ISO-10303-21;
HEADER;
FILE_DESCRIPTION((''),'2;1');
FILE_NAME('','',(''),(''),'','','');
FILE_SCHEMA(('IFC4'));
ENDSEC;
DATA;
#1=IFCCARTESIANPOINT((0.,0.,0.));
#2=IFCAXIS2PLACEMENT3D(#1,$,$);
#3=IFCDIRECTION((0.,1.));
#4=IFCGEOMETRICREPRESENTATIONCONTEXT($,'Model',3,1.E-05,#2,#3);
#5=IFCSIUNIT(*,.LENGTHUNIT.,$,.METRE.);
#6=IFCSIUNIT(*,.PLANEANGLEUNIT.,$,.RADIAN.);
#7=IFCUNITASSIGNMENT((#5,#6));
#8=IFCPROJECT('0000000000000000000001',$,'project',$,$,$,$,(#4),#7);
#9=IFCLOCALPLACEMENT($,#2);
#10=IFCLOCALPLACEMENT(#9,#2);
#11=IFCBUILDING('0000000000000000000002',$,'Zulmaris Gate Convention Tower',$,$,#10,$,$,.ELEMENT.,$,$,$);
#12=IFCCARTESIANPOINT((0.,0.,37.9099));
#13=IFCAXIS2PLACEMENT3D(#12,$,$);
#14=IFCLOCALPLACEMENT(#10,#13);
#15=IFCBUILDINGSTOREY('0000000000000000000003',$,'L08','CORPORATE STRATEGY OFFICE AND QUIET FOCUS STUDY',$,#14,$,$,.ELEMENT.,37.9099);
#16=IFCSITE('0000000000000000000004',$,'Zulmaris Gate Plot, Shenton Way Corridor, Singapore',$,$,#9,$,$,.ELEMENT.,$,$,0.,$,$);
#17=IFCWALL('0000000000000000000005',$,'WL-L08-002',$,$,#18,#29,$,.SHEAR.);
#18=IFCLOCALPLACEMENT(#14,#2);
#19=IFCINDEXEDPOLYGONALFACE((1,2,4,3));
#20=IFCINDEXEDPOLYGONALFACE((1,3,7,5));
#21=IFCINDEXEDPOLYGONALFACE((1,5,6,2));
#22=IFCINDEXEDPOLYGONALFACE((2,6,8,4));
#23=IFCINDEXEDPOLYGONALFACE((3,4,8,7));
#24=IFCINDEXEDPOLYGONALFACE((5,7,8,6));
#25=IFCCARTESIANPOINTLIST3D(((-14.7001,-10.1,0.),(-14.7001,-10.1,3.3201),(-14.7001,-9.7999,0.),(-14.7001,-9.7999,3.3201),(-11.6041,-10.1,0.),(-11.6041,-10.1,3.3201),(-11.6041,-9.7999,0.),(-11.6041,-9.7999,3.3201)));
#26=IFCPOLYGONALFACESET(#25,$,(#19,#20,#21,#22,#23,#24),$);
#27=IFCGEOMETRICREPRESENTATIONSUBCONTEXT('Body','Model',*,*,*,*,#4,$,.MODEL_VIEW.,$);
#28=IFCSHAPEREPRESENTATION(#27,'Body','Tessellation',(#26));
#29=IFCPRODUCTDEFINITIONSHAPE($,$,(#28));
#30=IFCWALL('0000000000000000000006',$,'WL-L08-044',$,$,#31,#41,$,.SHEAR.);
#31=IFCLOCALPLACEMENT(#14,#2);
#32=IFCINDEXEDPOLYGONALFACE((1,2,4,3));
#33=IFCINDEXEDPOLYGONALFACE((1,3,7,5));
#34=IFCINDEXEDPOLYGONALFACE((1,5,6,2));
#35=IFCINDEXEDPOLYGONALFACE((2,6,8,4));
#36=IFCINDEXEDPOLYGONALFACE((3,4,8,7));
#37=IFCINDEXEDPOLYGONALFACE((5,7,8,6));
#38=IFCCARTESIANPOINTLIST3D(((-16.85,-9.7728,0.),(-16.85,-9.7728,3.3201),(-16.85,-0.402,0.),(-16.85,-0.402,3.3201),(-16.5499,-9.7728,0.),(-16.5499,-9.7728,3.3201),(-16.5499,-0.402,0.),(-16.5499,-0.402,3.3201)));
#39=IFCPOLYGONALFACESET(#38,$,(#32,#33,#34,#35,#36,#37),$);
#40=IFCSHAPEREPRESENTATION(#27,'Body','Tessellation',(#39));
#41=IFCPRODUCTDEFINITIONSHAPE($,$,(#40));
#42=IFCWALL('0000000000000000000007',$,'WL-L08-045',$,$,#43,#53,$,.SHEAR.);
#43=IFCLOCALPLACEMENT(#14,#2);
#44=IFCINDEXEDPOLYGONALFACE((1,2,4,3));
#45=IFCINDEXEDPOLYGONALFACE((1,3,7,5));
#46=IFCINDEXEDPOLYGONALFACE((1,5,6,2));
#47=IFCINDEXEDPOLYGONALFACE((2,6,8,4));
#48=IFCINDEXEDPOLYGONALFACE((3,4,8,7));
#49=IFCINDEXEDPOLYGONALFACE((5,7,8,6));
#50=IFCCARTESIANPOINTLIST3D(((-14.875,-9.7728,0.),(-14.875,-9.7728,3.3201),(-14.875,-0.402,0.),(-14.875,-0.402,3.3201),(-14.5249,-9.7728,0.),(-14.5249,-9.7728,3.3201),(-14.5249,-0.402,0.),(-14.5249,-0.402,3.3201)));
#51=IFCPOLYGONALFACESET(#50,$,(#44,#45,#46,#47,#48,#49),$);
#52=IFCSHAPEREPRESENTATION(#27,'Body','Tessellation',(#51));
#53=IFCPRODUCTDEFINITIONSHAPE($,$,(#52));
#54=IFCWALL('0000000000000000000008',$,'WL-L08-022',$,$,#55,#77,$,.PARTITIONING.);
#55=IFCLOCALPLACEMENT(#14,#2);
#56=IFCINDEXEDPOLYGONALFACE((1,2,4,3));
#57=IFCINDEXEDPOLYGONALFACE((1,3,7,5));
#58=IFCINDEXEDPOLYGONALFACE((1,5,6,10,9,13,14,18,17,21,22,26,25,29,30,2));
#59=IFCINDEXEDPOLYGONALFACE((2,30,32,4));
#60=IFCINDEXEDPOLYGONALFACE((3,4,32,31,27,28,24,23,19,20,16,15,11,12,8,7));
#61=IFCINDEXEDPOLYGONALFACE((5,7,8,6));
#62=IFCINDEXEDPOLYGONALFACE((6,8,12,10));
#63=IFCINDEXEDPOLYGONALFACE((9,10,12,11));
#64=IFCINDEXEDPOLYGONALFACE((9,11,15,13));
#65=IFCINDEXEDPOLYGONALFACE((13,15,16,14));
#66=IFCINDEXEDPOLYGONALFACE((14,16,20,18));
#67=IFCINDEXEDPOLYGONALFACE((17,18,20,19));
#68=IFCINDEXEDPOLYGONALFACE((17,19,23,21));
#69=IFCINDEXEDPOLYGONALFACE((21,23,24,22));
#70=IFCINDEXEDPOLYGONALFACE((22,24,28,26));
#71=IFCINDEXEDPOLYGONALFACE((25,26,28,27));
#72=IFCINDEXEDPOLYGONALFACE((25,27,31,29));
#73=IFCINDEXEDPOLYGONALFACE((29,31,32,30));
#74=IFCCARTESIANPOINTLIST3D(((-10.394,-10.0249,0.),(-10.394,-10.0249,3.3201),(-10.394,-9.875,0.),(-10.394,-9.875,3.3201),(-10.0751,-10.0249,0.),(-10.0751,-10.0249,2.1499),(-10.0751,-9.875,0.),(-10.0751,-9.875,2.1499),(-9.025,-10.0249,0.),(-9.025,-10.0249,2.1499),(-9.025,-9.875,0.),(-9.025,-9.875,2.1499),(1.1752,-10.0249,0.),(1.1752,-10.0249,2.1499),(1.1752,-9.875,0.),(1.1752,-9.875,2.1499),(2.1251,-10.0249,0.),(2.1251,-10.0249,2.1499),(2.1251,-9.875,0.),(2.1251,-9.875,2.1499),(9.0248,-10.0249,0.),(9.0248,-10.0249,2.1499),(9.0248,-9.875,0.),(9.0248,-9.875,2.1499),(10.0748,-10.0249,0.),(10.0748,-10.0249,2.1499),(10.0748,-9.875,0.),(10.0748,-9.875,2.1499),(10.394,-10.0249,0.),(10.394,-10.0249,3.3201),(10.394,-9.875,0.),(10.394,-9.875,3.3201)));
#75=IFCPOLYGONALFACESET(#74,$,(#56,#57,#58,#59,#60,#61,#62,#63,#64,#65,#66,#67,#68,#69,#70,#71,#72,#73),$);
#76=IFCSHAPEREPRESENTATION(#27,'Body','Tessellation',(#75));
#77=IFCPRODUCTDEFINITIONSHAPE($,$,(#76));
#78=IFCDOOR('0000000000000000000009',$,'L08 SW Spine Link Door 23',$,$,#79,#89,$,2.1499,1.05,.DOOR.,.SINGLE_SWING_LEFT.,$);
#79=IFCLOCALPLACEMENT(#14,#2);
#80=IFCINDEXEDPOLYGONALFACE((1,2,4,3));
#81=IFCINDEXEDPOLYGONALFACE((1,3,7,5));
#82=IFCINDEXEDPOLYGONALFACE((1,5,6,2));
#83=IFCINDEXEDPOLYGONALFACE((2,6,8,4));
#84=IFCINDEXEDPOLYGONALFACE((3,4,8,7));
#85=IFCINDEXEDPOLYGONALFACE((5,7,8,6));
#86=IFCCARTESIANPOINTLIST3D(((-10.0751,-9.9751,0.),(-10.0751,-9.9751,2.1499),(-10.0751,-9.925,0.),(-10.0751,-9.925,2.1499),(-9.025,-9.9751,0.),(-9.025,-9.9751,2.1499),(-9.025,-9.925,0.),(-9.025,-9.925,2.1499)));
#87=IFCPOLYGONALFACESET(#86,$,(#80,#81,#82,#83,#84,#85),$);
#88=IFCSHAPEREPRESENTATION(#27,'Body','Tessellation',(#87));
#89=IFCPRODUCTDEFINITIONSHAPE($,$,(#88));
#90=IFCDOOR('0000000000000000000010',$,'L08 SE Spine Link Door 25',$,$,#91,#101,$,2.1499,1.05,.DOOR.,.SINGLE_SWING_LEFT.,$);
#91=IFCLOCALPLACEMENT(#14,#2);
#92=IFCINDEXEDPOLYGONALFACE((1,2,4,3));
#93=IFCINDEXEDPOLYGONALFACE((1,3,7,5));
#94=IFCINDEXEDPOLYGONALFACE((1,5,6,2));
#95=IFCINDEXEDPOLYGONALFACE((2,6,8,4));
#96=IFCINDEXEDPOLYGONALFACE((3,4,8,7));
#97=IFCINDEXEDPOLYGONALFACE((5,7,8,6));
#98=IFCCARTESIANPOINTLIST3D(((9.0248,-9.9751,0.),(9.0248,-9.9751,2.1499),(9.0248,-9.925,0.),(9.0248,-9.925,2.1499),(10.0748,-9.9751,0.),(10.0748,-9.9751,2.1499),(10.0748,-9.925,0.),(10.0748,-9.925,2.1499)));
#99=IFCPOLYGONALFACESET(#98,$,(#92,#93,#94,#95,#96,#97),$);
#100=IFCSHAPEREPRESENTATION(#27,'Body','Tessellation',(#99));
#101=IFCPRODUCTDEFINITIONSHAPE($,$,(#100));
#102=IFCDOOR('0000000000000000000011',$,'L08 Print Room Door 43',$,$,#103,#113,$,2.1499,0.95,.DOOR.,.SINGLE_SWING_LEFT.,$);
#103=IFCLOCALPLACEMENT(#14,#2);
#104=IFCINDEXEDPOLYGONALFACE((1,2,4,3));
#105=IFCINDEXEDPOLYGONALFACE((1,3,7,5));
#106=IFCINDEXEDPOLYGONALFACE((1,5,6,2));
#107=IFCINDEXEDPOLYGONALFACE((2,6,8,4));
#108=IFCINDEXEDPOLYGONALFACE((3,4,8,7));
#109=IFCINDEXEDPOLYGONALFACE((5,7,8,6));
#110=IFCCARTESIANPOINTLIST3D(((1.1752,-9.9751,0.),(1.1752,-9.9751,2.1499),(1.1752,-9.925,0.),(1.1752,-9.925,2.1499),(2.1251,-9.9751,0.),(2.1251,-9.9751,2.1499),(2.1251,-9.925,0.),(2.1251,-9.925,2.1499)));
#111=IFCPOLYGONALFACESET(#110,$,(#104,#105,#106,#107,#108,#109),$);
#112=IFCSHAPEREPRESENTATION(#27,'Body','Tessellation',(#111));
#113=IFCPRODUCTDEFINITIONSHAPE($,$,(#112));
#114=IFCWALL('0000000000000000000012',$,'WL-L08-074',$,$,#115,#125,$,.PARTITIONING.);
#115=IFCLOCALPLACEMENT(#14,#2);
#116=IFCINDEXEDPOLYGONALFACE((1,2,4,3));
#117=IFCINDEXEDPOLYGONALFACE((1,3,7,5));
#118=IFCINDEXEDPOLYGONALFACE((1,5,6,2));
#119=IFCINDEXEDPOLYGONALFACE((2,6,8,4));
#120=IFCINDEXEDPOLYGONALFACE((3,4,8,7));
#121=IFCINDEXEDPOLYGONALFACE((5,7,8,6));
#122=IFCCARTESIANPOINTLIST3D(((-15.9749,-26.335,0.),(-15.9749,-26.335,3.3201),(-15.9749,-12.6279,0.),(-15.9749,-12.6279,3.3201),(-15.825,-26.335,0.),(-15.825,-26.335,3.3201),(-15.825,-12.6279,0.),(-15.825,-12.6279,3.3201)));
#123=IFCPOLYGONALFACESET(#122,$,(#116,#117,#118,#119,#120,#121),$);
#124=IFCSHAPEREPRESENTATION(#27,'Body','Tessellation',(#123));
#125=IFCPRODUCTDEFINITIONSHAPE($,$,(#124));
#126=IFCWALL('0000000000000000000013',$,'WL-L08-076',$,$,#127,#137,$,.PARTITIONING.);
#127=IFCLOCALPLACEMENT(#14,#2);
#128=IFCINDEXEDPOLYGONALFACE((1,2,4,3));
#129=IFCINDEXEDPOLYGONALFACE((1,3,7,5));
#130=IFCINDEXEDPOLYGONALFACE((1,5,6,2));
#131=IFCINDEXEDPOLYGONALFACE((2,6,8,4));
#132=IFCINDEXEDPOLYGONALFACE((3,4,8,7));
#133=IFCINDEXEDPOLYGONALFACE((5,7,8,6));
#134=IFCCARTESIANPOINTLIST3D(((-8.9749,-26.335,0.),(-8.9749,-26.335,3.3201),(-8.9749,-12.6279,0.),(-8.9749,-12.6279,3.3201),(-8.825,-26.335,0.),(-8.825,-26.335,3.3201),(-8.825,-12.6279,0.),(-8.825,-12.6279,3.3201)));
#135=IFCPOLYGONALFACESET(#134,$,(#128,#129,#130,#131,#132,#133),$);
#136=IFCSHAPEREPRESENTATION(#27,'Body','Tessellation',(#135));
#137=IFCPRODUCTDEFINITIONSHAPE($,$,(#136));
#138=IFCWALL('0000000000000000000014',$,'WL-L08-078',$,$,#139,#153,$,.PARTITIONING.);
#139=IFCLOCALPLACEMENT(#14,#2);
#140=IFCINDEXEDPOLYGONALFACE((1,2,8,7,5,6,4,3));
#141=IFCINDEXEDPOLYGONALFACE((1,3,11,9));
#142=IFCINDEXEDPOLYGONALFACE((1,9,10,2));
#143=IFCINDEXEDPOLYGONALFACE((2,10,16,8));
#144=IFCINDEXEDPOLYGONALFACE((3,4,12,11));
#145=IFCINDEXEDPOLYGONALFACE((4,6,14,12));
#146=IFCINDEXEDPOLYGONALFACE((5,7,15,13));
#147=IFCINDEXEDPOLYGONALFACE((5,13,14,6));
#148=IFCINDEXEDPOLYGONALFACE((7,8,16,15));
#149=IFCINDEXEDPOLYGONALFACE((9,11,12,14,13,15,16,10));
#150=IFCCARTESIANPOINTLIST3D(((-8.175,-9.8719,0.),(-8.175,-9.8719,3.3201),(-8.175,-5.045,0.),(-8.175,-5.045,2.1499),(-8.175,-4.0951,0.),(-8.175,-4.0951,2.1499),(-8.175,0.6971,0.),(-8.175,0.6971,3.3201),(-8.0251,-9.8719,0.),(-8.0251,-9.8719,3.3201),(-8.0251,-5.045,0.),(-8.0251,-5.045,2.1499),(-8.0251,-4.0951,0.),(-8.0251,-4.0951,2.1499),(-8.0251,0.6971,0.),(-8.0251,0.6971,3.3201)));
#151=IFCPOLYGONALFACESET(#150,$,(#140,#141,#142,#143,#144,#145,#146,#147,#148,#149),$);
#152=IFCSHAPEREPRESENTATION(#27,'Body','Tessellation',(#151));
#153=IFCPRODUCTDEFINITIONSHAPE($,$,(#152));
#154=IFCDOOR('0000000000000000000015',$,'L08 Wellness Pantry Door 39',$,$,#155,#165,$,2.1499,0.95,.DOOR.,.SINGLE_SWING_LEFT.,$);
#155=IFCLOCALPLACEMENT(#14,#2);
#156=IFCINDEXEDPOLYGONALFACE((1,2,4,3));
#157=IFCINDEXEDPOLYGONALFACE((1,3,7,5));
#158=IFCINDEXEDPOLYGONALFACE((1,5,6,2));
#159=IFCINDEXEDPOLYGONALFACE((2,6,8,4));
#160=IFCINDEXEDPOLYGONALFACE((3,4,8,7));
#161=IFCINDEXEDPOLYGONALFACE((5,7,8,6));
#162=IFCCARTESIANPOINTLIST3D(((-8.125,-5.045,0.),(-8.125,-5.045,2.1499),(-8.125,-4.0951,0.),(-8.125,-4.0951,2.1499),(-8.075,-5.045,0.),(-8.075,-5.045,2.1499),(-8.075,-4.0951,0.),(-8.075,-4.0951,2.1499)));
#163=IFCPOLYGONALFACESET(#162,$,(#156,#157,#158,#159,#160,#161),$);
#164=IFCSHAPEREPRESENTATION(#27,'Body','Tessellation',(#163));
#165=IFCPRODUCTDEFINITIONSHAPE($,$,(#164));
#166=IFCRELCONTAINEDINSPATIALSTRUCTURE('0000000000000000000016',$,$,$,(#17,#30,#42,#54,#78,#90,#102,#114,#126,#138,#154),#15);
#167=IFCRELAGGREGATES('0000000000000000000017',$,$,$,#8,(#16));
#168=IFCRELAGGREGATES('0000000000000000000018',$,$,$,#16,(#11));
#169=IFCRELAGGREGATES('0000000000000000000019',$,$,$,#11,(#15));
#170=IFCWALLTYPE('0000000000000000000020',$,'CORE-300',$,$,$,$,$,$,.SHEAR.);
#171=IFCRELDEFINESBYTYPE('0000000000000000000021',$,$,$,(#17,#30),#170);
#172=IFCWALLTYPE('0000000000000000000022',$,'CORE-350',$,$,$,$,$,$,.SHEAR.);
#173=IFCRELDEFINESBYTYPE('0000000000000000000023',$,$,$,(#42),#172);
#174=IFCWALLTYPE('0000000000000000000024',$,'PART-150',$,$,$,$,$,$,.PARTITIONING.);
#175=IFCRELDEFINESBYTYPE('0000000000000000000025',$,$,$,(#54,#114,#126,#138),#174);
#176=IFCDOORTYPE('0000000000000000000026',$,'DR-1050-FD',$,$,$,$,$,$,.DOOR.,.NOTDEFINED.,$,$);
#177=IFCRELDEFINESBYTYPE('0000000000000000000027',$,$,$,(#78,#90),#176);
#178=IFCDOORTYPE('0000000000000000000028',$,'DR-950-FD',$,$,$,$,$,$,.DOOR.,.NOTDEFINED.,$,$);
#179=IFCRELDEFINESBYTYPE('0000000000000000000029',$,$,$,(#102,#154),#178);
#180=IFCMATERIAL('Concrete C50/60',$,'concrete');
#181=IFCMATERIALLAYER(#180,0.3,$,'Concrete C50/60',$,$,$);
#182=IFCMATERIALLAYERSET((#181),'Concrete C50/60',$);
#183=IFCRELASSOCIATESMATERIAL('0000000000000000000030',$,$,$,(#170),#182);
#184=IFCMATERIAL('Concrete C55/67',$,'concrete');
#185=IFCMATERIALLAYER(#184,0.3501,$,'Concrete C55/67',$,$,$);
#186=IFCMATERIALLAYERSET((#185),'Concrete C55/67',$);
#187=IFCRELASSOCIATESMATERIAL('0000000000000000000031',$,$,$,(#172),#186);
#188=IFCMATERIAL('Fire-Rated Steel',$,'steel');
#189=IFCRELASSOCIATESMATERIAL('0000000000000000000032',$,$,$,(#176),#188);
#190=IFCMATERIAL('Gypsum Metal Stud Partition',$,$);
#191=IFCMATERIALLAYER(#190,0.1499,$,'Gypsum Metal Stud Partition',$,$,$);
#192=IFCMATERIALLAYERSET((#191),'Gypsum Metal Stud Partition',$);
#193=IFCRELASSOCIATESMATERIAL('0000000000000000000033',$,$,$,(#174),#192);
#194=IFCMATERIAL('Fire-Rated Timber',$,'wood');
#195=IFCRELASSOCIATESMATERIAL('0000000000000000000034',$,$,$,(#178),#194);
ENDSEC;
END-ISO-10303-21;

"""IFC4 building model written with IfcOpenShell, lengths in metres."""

from ifc_helpers import new_model, si_unit, direction, frame, frame_2d, origin, place, context, subcontext, project, spatial, rectangle, extrude, material, layer, layer_set, type_object, element, fill, save


model = new_model("IFC4")

# Units and contexts
model_context = context("Model", 3, precision=1e-05, world=origin(), true_north=direction((0.0, 1.0)))
body_context = subcontext(model_context, "Body", "Model", "MODEL_VIEW")
ifc_project = project(units=[si_unit("LENGTHUNIT", "METRE"), si_unit("PLANEANGLEUNIT", "RADIAN")], contexts=[model_context])

# Site, building, storey
site_placement = place(None, origin())
site = spatial("IfcSite", under=ifc_project, at=site_placement, Name="Zulmaris Gate Plot, Shenton Way Corridor, Singapore", CompositionType="ELEMENT", RefElevation=0.0)
building_placement = place(site_placement, origin())
building = spatial("IfcBuilding", under=site, at=building_placement, Name="Zulmaris Gate Convention Tower", CompositionType="ELEMENT")
storey_placement = place(building_placement, frame((0.0, 0.0, 37.9099)))
storey = spatial("IfcBuildingStorey", under=building, at=storey_placement, Name="L08", Description="CORPORATE STRATEGY OFFICE AND QUIET FOCUS STUDY", CompositionType="ELEMENT", Elevation=37.9099)

# Walls
ifc_material_1 = material(Name="Concrete C50/60", Category="concrete")
ifc_layer_1 = layer(ifc_material_1, 0.3, Name="Concrete C50/60")
ifc_layer_set_1 = layer_set([ifc_layer_1], Name="Concrete C50/60")
wall_type_1 = type_object("IfcWallType", Name="CORE-300", PredefinedType="SHEAR", material=ifc_layer_set_1)
wall_1_placement = place(storey_placement, frame((-14.7, -9.95, 0.0), z_axis=(0.0, 0.0, 1.0), x_axis=(1.0, 0.0, 0.0)))
element("IfcWall", 1, at=wall_1_placement, inside=storey, type_object=wall_type_1, Name="WL-L08-002", PredefinedType="SHEAR", context=body_context, shape_type="SweptSolid", body=[
    extrude(rectangle(XDim=3.0959, YDim=0.3, at=frame_2d((1.5479, 0.0))), origin(), (0.0, 0.0, 1.0), 3.3201),
])
wall_2_placement = place(storey_placement, frame((-16.7, -9.7729, 0.0), z_axis=(0.0, 0.0, 1.0), x_axis=(0.0, 1.0, 0.0)))
element("IfcWall", 2, at=wall_2_placement, inside=storey, type_object=wall_type_1, Name="WL-L08-044", PredefinedType="SHEAR", context=body_context, shape_type="SweptSolid", body=[
    extrude(rectangle(XDim=9.3708, YDim=0.3, at=frame_2d((4.6855, 0.0))), origin(), (0.0, 0.0, 1.0), 3.3201),
])

# Shared definitions
ifc_material_2 = material(Name="Concrete C55/67", Category="concrete")
ifc_layer_2 = layer(ifc_material_2, 0.3501, Name="Concrete C55/67")
ifc_layer_set_2 = layer_set([ifc_layer_2], Name="Concrete C55/67")
wall_type_2 = type_object("IfcWallType", Name="CORE-350", PredefinedType="SHEAR", material=ifc_layer_set_2)
ifc_material_3 = material(Name="Fire-Rated Steel", Category="steel")
door_type_1 = type_object("IfcDoorType", Name="DR-1050-FD", OperationType="NOTDEFINED", PredefinedType="DOOR", material=ifc_material_3)

# Wall
wall_3_placement = place(storey_placement, frame((-14.7, -9.7729, 0.0), z_axis=(0.0, 0.0, 1.0), x_axis=(0.0, 1.0, 0.0)))
element("IfcWall", 3, at=wall_3_placement, inside=storey, type_object=wall_type_2, Name="WL-L08-045", PredefinedType="SHEAR", context=body_context, shape_type="SweptSolid", body=[
    extrude(rectangle(XDim=9.3708, YDim=0.3501, at=frame_2d((4.6855, 0.0))), origin(), (0.0, 0.0, 1.0), 3.3201),
])

# Wall, openings, doors
ifc_material_4 = material(Name="Gypsum Metal Stud Partition")
ifc_layer_3 = layer(ifc_material_4, 0.1499, Name="Gypsum Metal Stud Partition")
ifc_layer_set_3 = layer_set([ifc_layer_3], Name="Gypsum Metal Stud Partition")
wall_type_3 = type_object("IfcWallType", Name="PART-150", PredefinedType="PARTITIONING", material=ifc_layer_set_3)
wall_4_placement = place(storey_placement, frame((-10.394, -9.95, 0.0), z_axis=(0.0, 0.0, 1.0), x_axis=(1.0, 0.0, 0.0)))
wall_4 = element("IfcWall", 4, at=wall_4_placement, inside=storey, type_object=wall_type_3, Name="WL-L08-022", PredefinedType="PARTITIONING", context=body_context, shape_type="SweptSolid", body=[
    extrude(rectangle(XDim=20.7881, YDim=0.1499, at=frame_2d((10.394, 0.0))), origin(), (0.0, 0.0, 1.0), 3.3201),
])
opening_1_placement = place(wall_4_placement, frame((0.3191, 0.0, 0.0)))
opening_1 = element("IfcOpeningElement", 5, at=opening_1_placement, cuts=wall_4, PredefinedType="OPENING", context=body_context, shape_type="SweptSolid", body=[
    extrude(rectangle(XDim=1.05, YDim=2.1499, at=frame_2d((0.5249, 1.075))), frame((0.0, 0.085, 0.0), z_axis=(0.0, -1.0, 0.0), x_axis=(1.0, 0.0, 0.0)), (0.0, 0.0, 1.0), 0.1699),
])
opening_2_placement = place(wall_4_placement, frame((19.4189, 0.0, 0.0)))
opening_2 = element("IfcOpeningElement", 6, at=opening_2_placement, cuts=wall_4, PredefinedType="OPENING", context=body_context, shape_type="SweptSolid", body=[
    extrude(rectangle(XDim=1.05, YDim=2.1499, at=frame_2d((0.5249, 1.075))), frame((0.0, 0.085, 0.0), z_axis=(0.0, -1.0, 0.0), x_axis=(1.0, 0.0, 0.0)), (0.0, 0.0, 1.0), 0.1699),
])
opening_3_placement = place(wall_4_placement, frame((11.5691, 0.0, 0.0)))
opening_3 = element("IfcOpeningElement", 7, at=opening_3_placement, cuts=wall_4, PredefinedType="OPENING", context=body_context, shape_type="SweptSolid", body=[
    extrude(rectangle(XDim=0.95, YDim=2.1499, at=frame_2d((0.4751, 1.075))), frame((0.0, 0.085, 0.0), z_axis=(0.0, -1.0, 0.0), x_axis=(1.0, 0.0, 0.0)), (0.0, 0.0, 1.0), 0.1699),
])
door_1_placement = place(opening_1_placement, origin())
door_1 = element("IfcDoor", 8, at=door_1_placement, inside=storey, type_object=door_type_1, Name="L08 SW Spine Link Door 23", OperationType="SINGLE_SWING_LEFT", OverallHeight=2.1499, OverallWidth=1.05, PredefinedType="DOOR", context=body_context, shape_type="SweptSolid", body=[
    extrude(rectangle(XDim=1.05, YDim=2.1499, at=frame_2d((0.5249, 1.075))), frame((0.0, 0.0249, 0.0), z_axis=(0.0, -1.0, 0.0), x_axis=(1.0, 0.0, 0.0)), (0.0, 0.0, 1.0), 0.05),
])
fill(opening_1, door_1)
door_2_placement = place(opening_2_placement, origin())
door_2 = element("IfcDoor", 9, at=door_2_placement, inside=storey, type_object=door_type_1, Name="L08 SE Spine Link Door 25", OperationType="SINGLE_SWING_LEFT", OverallHeight=2.1499, OverallWidth=1.05, PredefinedType="DOOR", context=body_context, shape_type="SweptSolid", body=[
    extrude(rectangle(XDim=1.05, YDim=2.1499, at=frame_2d((0.5249, 1.075))), frame((0.0, 0.0249, 0.0), z_axis=(0.0, -1.0, 0.0), x_axis=(1.0, 0.0, 0.0)), (0.0, 0.0, 1.0), 0.05),
])
fill(opening_2, door_2)
ifc_material_5 = material(Name="Fire-Rated Timber", Category="wood")
door_type_2 = type_object("IfcDoorType", Name="DR-950-FD", OperationType="NOTDEFINED", PredefinedType="DOOR", material=ifc_material_5)
door_3_placement = place(opening_3_placement, origin())
door_3 = element("IfcDoor", 10, at=door_3_placement, inside=storey, type_object=door_type_2, Name="L08 Print Room Door 43", OperationType="SINGLE_SWING_LEFT", OverallHeight=2.1499, OverallWidth=0.95, PredefinedType="DOOR", context=body_context, shape_type="SweptSolid", body=[
    extrude(rectangle(XDim=0.95, YDim=2.1499, at=frame_2d((0.4751, 1.075))), frame((0.0, 0.0249, 0.0), z_axis=(0.0, -1.0, 0.0), x_axis=(1.0, 0.0, 0.0)), (0.0, 0.0, 1.0), 0.05),
])
fill(opening_3, door_3)

# Walls
for number, where, z_axis, x_axis, name in (
    (11, (-15.8999, -26.335, 0.0), (0.0, 0.0, 1.0), (0.0, 1.0, 0.0), "WL-L08-074"),
    (12, (-8.8999, -26.335, 0.0), (0.0, 0.0, 1.0), (0.0, 1.0, 0.0), "WL-L08-076"),
):
    element("IfcWall", number, at=place(storey_placement, frame(where, z_axis=z_axis, x_axis=x_axis)), inside=storey, type_object=wall_type_3, Name=name, PredefinedType="PARTITIONING", context=body_context, shape_type="SweptSolid", body=[
        extrude(rectangle(XDim=13.707, YDim=0.1499, at=frame_2d((6.8535, 0.0))), origin(), (0.0, 0.0, 1.0), 3.3201),
    ])

# Wall, opening, door
wall_5_placement = place(storey_placement, frame((-8.1001, -9.8721, 0.0), z_axis=(0.0, 0.0, 1.0), x_axis=(0.0, 1.0, 0.0)))
wall_5 = element("IfcWall", 13, at=wall_5_placement, inside=storey, type_object=wall_type_3, Name="WL-L08-078", PredefinedType="PARTITIONING", context=body_context, shape_type="SweptSolid", body=[
    extrude(rectangle(XDim=10.5691, YDim=0.1499, at=frame_2d((5.2847, 0.0))), origin(), (0.0, 0.0, 1.0), 3.3201),
])
opening_4_placement = place(wall_5_placement, frame((4.8269, 0.0, 0.0)))
opening_4 = element("IfcOpeningElement", 14, at=opening_4_placement, cuts=wall_5, PredefinedType="OPENING", context=body_context, shape_type="SweptSolid", body=[
    extrude(rectangle(XDim=0.95, YDim=2.1499, at=frame_2d((0.4751, 1.075))), frame((0.0, 0.085, 0.0), z_axis=(0.0, -1.0, 0.0), x_axis=(1.0, 0.0, 0.0)), (0.0, 0.0, 1.0), 0.1699),
])
door_4_placement = place(opening_4_placement, origin())
door_4 = element("IfcDoor", 15, at=door_4_placement, inside=storey, type_object=door_type_2, Name="L08 Wellness Pantry Door 39", OperationType="SINGLE_SWING_LEFT", OverallHeight=2.1499, OverallWidth=0.95, PredefinedType="DOOR", context=body_context, shape_type="SweptSolid", body=[
    extrude(rectangle(XDim=0.95, YDim=2.1499, at=frame_2d((0.4751, 1.075))), frame((0.0, 0.0249, 0.0), z_axis=(0.0, -1.0, 0.0), x_axis=(1.0, 0.0, 0.0)), (0.0, 0.0, 1.0), 0.05),
])
fill(opening_4, door_4)

save(model, "model.ifc")
